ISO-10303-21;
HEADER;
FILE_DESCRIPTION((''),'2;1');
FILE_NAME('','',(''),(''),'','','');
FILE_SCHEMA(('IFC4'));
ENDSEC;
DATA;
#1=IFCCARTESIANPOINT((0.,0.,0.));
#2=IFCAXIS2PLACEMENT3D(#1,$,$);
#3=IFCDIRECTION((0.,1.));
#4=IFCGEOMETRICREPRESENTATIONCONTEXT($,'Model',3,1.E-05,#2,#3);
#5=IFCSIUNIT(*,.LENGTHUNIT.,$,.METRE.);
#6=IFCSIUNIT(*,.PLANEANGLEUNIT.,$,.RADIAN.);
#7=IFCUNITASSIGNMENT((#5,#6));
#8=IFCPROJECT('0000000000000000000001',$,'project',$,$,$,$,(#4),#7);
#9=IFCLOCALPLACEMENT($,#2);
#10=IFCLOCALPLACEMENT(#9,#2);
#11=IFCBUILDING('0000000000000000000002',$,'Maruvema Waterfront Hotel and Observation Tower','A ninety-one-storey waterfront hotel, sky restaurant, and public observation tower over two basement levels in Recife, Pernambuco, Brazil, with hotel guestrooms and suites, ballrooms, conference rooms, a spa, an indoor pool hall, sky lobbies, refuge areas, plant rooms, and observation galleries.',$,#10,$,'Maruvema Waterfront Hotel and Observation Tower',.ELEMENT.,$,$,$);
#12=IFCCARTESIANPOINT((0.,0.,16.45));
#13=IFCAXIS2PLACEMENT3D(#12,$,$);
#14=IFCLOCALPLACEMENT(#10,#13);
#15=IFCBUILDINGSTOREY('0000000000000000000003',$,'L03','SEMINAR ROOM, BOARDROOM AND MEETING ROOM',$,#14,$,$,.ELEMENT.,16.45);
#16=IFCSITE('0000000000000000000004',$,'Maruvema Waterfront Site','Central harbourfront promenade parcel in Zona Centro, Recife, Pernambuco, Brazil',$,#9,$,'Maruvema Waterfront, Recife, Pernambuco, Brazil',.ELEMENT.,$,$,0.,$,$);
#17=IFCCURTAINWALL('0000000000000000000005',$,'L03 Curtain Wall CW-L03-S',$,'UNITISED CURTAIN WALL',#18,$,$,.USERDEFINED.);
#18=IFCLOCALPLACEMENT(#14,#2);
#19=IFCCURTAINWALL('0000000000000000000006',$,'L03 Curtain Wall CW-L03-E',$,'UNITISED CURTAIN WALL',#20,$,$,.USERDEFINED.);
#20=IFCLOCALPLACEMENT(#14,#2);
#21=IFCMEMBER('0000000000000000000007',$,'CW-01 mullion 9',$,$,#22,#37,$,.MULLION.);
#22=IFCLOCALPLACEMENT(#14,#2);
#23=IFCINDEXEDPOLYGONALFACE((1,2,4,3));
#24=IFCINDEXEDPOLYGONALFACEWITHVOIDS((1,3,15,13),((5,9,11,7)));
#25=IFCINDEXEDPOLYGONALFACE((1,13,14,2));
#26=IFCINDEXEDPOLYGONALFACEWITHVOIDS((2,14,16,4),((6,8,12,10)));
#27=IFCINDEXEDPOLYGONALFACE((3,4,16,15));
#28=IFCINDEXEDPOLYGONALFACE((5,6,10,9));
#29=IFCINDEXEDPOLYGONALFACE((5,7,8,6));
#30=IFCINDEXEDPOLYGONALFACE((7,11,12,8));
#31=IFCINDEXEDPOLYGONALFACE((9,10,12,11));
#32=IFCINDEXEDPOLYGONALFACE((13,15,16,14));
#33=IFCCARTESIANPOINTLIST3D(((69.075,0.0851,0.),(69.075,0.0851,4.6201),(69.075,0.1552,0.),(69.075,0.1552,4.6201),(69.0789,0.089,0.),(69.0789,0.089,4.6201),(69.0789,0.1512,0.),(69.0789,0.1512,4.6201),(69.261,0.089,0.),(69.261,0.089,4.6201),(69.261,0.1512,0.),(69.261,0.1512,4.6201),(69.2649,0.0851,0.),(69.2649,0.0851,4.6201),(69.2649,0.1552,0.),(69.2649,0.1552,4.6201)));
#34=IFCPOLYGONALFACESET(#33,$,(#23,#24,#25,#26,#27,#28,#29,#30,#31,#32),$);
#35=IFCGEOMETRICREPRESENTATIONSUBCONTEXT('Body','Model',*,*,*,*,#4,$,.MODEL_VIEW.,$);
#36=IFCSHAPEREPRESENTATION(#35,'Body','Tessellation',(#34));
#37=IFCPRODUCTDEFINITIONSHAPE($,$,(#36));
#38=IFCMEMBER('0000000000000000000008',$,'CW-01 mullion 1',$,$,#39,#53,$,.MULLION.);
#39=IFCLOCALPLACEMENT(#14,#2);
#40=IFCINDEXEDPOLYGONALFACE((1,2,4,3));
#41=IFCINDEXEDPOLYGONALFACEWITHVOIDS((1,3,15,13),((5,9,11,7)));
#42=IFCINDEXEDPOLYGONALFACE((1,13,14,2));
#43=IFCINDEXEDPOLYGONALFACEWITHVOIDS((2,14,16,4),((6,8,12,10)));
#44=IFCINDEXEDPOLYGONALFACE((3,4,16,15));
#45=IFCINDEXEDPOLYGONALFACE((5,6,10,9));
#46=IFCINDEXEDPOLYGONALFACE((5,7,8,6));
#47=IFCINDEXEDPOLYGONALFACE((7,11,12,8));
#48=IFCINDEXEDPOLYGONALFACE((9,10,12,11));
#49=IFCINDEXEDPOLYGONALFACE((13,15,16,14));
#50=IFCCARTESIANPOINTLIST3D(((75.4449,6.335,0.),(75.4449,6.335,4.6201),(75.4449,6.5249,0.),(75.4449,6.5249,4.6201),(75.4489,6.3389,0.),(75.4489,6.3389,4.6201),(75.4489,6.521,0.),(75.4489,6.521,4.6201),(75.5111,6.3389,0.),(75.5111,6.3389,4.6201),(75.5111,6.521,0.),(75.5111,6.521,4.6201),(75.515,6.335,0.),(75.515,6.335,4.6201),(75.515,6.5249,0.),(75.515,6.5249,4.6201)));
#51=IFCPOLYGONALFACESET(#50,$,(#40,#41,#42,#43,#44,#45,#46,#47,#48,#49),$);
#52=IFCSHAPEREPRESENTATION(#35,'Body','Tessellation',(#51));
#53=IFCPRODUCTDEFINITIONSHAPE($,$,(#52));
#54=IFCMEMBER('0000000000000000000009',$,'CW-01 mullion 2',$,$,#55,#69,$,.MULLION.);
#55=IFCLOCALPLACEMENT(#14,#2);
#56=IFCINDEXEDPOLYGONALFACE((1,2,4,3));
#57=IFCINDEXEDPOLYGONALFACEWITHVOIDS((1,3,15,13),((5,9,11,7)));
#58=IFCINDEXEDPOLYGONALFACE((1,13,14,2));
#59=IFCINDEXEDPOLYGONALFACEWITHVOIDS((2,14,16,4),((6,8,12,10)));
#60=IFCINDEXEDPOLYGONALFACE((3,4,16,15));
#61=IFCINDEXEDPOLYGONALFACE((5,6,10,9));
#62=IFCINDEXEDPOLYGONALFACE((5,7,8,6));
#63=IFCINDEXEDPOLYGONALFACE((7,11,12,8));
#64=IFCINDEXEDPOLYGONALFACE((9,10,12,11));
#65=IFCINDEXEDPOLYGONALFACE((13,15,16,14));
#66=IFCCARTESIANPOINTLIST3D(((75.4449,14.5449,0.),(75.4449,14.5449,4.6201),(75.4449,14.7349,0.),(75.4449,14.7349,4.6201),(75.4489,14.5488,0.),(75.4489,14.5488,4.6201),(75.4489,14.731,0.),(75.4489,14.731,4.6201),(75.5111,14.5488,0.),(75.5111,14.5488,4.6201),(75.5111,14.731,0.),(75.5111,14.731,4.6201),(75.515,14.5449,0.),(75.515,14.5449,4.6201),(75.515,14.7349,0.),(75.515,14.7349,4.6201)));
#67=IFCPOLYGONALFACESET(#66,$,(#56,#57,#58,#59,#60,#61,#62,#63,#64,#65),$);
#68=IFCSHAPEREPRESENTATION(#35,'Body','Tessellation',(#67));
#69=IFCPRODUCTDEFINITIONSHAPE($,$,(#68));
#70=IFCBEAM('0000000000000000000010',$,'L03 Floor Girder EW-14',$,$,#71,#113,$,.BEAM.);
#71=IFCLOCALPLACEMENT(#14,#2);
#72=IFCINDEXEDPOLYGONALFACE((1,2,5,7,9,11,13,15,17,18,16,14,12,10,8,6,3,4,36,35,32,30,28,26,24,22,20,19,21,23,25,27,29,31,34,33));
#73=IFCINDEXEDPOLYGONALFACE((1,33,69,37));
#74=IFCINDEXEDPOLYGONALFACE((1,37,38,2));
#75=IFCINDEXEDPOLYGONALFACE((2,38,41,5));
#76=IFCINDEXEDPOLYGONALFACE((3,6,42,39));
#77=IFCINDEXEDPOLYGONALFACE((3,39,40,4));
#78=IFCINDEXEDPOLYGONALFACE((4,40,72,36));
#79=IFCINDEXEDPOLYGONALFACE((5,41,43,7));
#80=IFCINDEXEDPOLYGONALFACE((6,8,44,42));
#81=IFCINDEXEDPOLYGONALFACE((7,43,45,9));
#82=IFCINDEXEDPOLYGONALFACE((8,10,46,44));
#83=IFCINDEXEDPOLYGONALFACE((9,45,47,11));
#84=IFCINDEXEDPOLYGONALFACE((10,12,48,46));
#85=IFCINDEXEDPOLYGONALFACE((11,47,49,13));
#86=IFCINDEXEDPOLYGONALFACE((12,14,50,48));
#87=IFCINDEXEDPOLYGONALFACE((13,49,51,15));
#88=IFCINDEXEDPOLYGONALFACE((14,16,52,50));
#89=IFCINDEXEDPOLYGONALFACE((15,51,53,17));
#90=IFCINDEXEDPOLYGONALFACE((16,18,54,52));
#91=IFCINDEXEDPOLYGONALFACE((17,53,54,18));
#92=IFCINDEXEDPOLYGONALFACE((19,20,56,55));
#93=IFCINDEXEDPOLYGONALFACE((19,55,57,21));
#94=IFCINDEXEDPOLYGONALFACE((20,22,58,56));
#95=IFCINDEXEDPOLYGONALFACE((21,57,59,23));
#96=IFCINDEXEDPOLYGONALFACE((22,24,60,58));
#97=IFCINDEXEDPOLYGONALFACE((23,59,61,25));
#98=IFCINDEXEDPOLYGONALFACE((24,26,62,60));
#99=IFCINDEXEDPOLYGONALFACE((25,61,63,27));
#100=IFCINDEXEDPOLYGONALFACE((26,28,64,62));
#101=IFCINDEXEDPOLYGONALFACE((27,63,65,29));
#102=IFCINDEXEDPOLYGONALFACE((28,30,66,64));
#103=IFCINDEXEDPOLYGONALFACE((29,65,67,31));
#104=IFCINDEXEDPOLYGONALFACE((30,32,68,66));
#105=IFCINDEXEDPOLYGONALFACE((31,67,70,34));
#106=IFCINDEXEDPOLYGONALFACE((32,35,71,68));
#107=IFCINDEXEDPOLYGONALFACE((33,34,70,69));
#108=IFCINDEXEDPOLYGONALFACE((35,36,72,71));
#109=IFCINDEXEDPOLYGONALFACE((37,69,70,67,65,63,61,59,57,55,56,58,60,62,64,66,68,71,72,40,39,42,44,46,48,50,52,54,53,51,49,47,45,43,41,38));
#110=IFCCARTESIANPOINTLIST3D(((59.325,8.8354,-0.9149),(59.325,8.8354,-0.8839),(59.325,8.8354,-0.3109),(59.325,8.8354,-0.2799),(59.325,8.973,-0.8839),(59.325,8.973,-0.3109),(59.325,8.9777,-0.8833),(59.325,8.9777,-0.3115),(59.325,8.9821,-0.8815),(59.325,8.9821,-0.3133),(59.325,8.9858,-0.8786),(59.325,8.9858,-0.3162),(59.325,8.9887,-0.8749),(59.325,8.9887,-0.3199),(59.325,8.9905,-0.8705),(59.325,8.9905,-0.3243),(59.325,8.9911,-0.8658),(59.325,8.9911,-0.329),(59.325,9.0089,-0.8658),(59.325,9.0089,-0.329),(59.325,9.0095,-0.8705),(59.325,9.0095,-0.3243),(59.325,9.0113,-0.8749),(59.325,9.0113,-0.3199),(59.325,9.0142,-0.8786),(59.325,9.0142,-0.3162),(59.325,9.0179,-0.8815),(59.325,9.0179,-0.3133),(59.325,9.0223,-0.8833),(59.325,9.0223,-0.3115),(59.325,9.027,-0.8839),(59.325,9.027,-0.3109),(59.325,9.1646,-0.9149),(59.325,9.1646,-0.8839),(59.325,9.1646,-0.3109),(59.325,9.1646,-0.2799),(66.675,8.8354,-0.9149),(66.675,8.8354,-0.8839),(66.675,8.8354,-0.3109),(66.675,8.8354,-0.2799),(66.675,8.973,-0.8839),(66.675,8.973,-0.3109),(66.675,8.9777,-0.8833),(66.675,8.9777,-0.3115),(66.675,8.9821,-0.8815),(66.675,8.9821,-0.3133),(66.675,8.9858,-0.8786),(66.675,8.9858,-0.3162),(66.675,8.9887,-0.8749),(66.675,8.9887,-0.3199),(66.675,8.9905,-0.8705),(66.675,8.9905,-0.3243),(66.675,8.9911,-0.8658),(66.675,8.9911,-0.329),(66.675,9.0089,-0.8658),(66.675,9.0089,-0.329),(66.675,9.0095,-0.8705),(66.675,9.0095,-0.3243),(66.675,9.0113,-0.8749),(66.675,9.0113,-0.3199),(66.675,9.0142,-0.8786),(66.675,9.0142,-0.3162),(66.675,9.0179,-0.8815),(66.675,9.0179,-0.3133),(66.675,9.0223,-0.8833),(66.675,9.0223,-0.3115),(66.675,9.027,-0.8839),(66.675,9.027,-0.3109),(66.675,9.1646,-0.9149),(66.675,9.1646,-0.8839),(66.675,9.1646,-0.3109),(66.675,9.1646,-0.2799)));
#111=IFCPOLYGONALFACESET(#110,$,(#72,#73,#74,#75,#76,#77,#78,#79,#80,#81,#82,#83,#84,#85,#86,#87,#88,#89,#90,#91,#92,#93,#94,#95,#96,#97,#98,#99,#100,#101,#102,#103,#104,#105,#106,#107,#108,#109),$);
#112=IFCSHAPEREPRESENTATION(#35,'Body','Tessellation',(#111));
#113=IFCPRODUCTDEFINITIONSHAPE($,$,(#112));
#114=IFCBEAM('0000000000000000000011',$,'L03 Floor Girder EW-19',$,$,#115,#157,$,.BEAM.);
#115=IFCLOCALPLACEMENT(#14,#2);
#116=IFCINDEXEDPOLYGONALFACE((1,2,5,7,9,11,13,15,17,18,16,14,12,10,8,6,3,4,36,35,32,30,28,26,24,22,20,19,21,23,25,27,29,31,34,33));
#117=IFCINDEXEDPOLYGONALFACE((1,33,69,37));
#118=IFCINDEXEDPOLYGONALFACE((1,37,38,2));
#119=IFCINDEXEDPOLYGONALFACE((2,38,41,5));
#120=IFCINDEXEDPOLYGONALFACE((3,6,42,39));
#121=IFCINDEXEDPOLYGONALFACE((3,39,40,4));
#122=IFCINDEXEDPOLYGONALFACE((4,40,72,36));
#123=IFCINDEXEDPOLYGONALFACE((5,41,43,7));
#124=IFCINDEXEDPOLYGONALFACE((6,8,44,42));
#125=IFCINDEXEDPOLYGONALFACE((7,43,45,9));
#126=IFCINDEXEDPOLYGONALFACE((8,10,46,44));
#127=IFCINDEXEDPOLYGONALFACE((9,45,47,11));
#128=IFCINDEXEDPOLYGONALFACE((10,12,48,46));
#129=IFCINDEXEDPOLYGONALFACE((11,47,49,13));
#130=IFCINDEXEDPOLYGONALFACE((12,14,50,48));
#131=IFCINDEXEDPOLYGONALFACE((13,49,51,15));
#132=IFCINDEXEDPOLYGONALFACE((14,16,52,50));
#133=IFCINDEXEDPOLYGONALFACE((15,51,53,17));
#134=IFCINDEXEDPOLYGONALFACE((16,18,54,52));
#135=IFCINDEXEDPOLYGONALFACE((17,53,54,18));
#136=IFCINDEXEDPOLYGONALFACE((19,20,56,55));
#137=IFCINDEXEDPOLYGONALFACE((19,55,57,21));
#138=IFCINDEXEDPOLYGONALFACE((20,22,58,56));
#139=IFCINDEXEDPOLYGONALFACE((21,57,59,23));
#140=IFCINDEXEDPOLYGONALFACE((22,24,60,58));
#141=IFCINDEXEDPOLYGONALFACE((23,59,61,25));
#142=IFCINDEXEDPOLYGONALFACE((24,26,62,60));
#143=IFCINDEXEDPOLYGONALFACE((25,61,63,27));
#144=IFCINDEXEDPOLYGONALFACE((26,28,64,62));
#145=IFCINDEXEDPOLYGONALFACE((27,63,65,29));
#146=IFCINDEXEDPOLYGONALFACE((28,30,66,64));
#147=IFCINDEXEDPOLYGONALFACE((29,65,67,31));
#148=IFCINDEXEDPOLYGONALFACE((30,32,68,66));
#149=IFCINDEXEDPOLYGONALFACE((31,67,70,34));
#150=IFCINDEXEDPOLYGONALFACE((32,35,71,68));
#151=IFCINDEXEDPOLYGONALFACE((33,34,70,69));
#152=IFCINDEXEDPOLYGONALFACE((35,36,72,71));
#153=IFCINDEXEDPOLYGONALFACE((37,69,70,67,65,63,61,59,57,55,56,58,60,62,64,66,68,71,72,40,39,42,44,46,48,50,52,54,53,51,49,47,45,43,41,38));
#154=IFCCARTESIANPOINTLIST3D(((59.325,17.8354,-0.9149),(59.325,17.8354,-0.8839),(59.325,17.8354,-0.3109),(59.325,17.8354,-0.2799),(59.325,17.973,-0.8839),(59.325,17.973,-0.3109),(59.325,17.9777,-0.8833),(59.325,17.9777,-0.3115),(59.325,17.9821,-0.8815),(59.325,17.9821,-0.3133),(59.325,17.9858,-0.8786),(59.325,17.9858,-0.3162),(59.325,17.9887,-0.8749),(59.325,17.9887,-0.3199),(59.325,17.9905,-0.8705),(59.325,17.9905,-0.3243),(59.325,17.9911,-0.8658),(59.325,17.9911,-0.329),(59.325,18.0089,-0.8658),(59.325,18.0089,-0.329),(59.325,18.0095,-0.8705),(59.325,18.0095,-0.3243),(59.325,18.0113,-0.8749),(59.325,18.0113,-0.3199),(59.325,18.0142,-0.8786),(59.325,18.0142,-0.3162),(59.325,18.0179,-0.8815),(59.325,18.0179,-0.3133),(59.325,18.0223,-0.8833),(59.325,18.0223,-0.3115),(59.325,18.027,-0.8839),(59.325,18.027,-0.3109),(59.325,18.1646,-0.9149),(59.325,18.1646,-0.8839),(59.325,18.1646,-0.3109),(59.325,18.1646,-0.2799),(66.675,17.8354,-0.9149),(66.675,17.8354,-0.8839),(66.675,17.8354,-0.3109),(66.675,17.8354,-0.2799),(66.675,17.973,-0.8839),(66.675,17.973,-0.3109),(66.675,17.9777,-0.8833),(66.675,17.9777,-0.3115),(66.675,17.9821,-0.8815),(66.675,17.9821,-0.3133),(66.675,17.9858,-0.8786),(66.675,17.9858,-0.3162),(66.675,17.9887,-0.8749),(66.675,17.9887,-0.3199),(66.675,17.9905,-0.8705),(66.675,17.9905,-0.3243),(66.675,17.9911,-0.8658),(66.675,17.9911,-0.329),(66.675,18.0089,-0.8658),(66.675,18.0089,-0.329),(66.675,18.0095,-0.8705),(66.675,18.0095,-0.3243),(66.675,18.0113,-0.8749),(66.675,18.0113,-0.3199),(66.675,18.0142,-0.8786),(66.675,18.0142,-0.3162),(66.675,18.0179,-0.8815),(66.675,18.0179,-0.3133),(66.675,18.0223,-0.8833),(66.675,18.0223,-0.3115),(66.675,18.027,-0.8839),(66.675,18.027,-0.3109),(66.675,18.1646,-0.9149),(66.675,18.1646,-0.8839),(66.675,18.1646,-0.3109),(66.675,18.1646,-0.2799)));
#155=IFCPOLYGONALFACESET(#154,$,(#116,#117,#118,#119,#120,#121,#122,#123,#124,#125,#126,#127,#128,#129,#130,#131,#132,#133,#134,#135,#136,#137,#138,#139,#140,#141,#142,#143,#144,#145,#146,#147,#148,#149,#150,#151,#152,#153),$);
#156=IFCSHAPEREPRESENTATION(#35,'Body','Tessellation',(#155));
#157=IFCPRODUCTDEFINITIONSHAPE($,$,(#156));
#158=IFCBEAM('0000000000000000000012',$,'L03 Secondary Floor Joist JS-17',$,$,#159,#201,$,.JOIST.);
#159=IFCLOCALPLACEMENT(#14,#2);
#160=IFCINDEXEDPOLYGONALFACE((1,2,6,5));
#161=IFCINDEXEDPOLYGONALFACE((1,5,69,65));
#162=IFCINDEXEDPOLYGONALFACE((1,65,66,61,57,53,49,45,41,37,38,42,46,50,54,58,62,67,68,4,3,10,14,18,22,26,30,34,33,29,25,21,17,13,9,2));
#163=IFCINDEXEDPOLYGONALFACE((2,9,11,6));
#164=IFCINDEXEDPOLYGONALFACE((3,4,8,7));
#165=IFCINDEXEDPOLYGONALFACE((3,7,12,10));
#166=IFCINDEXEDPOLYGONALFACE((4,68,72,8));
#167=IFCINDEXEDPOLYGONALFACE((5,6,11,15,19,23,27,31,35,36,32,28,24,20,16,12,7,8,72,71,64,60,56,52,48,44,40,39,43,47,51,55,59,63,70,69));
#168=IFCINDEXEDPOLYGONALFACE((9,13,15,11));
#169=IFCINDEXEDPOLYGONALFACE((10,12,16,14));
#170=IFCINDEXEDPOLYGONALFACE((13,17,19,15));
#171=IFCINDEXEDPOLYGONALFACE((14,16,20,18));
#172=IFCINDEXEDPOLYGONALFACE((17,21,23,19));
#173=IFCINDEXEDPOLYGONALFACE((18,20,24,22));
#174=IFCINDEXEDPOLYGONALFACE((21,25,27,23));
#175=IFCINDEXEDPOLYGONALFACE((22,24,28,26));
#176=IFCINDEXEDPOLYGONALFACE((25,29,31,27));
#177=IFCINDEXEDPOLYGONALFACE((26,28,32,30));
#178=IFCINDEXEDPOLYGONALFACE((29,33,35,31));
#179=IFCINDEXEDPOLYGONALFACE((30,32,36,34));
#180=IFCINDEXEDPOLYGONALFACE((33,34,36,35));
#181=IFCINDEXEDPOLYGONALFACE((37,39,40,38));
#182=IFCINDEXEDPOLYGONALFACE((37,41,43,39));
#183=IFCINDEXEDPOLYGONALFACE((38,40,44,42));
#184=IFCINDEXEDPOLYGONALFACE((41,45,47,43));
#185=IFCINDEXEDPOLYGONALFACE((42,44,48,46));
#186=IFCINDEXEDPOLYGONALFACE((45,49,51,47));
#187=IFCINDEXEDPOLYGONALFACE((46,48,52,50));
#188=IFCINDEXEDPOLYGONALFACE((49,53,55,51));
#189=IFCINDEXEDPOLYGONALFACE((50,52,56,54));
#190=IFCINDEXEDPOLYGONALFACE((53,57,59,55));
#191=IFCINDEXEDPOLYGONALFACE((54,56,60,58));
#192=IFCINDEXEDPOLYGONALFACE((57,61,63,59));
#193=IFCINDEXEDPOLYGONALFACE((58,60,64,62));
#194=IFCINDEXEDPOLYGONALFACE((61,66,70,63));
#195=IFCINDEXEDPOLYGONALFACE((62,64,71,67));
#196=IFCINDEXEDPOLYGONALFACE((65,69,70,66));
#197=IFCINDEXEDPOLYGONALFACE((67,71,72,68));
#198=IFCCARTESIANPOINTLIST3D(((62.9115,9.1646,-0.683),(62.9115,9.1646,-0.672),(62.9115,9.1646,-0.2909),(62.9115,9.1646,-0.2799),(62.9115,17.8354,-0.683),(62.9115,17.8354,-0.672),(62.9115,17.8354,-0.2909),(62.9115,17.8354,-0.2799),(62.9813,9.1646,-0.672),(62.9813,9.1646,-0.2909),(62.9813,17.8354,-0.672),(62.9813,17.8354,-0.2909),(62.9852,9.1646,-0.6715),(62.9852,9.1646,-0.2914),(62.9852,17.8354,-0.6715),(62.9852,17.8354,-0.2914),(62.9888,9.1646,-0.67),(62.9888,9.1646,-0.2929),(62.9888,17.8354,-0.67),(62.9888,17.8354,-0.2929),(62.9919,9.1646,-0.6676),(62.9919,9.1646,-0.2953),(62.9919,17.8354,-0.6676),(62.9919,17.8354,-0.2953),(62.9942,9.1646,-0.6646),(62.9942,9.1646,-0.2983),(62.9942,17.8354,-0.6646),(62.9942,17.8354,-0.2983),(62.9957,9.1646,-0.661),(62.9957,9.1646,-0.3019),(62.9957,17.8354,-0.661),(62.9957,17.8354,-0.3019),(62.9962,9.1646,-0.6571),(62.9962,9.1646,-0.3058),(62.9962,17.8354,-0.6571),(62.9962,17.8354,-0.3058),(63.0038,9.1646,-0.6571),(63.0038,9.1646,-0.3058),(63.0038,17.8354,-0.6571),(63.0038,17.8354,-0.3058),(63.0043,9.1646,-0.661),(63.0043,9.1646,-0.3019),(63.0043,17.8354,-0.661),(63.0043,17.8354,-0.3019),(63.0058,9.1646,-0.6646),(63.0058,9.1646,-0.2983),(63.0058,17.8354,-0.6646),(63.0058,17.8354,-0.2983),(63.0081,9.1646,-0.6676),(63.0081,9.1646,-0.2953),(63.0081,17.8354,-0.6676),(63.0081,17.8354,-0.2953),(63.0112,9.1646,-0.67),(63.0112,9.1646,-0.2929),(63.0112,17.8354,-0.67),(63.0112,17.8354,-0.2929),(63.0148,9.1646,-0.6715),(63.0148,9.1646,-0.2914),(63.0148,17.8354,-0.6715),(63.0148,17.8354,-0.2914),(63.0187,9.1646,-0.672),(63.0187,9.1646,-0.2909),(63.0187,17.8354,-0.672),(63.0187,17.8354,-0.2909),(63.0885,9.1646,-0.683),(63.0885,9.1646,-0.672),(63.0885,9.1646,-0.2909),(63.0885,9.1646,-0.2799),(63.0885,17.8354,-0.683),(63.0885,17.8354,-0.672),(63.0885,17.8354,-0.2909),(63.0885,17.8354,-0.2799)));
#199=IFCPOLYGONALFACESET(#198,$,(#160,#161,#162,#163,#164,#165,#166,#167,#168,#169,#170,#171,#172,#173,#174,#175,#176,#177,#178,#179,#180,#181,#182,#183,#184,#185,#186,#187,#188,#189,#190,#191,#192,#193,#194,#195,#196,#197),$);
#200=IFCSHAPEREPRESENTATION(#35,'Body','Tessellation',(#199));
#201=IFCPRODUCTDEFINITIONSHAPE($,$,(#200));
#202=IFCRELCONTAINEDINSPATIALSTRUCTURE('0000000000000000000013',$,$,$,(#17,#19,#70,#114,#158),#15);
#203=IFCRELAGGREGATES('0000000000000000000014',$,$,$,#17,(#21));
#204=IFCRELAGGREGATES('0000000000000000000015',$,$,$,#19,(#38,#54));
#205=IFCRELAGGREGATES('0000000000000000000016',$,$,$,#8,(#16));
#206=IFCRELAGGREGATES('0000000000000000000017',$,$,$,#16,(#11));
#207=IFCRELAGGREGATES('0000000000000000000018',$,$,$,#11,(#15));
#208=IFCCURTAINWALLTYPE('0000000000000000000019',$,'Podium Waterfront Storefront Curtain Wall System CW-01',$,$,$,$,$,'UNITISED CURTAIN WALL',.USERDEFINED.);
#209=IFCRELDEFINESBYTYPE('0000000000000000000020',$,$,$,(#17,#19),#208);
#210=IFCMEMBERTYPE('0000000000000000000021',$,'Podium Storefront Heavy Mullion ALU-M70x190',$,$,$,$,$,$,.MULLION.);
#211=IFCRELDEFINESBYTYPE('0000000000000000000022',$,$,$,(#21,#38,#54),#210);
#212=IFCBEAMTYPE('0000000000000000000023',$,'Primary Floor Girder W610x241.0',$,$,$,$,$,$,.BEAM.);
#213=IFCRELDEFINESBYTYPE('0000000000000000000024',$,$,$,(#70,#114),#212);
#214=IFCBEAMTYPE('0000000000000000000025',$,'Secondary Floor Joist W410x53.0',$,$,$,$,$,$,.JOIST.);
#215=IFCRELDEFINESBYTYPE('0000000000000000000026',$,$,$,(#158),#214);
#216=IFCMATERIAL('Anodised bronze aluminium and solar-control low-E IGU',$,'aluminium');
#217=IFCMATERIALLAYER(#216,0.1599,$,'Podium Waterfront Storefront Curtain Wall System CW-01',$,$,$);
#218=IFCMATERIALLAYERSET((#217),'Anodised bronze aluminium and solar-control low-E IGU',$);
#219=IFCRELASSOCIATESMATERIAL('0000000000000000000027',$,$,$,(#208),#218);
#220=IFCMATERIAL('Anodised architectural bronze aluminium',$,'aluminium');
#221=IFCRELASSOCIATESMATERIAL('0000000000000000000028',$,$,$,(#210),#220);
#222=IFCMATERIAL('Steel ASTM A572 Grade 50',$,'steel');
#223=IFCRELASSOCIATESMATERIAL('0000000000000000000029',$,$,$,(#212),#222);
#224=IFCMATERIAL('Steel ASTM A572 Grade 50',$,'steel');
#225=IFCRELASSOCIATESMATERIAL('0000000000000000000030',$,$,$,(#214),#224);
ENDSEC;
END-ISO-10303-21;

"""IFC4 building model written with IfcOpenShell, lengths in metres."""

from ifc_helpers import new_model, si_unit, direction, frame, origin, origin_2d, place, context, subcontext, project, spatial, hollow_rectangle, i_section, extrude, material, layer, layer_set, material_profile, profile_set, type_object, element, aggregate, save


model = new_model("IFC4")

# Units and contexts
model_context = context("Model", 3, precision=1e-05, world=origin(), true_north=direction((0.0, 1.0)))
body_context = subcontext(model_context, "Body", "Model", "MODEL_VIEW")
ifc_project = project(units=[si_unit("LENGTHUNIT", "METRE"), si_unit("PLANEANGLEUNIT", "RADIAN")], contexts=[model_context])

# Site, building, storey
site_placement = place(None, origin())
site = spatial("IfcSite", under=ifc_project, at=site_placement, Name="Maruvema Waterfront Site", Description="Central harbourfront promenade parcel in Zona Centro, Recife, Pernambuco, Brazil", LongName="Maruvema Waterfront, Recife, Pernambuco, Brazil", CompositionType="ELEMENT", RefElevation=0.0)
building_placement = place(site_placement, origin())
building = spatial("IfcBuilding", under=site, at=building_placement, Name="Maruvema Waterfront Hotel and Observation Tower", Description="A ninety-one-storey waterfront hotel, sky restaurant, and public observation tower over two basement levels in Recife, Pernambuco, Brazil, with hotel guestrooms and suites, ballrooms, conference rooms, a spa, an indoor pool hall, sky lobbies, refuge areas, plant rooms, and observation galleries.", LongName="Maruvema Waterfront Hotel and Observation Tower", CompositionType="ELEMENT")
storey_placement = place(building_placement, frame((0.0, 0.0, 16.45)))
storey = spatial("IfcBuildingStorey", under=building, at=storey_placement, Name="L03", Description="SEMINAR ROOM, BOARDROOM AND MEETING ROOM", CompositionType="ELEMENT", Elevation=16.45)

# Curtain walls
ifc_material_1 = material(Name="Anodised bronze aluminium and solar-control low-E IGU", Category="aluminium")
ifc_layer_1 = layer(ifc_material_1, 0.1599, Name="Podium Waterfront Storefront Curtain Wall System CW-01")
ifc_layer_set_1 = layer_set([ifc_layer_1], Name="Anodised bronze aluminium and solar-control low-E IGU")
curtain_wall_type = type_object("IfcCurtainWallType", Name="Podium Waterfront Storefront Curtain Wall System CW-01", ElementType="UNITISED CURTAIN WALL", PredefinedType="USERDEFINED", material=ifc_layer_set_1)
curtain_wall_1_placement = place(storey_placement, origin())
curtain_wall_1 = element("IfcCurtainWall", 1, at=curtain_wall_1_placement, inside=storey, type_object=curtain_wall_type, Name="L03 Curtain Wall CW-L03-S", ObjectType="UNITISED CURTAIN WALL", PredefinedType="USERDEFINED")
curtain_wall_2_placement = place(storey_placement, origin())
curtain_wall_2 = element("IfcCurtainWall", 2, at=curtain_wall_2_placement, inside=storey, type_object=curtain_wall_type, Name="L03 Curtain Wall CW-L03-E", ObjectType="UNITISED CURTAIN WALL", PredefinedType="USERDEFINED")

# Members
ifc_material_2 = material(Name="Anodised architectural bronze aluminium", Category="aluminium")
ifc_material_profile_1 = material_profile(ifc_material_2, hollow_rectangle(XDim=0.0701, YDim=0.1899, WallThickness=0.0039, at=origin_2d()), Name="ALU-M70x190")
ifc_profile_set_1 = profile_set([ifc_material_profile_1], Name="Anodised architectural bronze aluminium")
member_type_1 = type_object("IfcMemberType", Name="Podium Storefront Heavy Mullion ALU-M70x190", PredefinedType="MULLION", material=ifc_profile_set_1)
member_1_placement = place(storey_placement, frame((69.1699, 0.1201, 0.0), z_axis=(0.0, 0.0, 1.0), x_axis=(0.0, 1.0, 0.0)))
member_1 = element("IfcMember", 3, at=member_1_placement, type_object=member_type_1, Name="CW-01 mullion 9", PredefinedType="MULLION", context=body_context, shape_type="SweptSolid", body=[
    extrude(hollow_rectangle(XDim=0.0701, YDim=0.1899, WallThickness=0.0039, at=origin_2d()), origin(), (0.0, 0.0, 1.0), 4.6201),
])
member_2_placement = place(storey_placement, frame((75.48, 6.4299, 0.0), z_axis=(0.0, 0.0, 1.0), x_axis=(-1.0, 0.0, 0.0)))
member_2 = element("IfcMember", 4, at=member_2_placement, type_object=member_type_1, Name="CW-01 mullion 1", PredefinedType="MULLION", context=body_context, shape_type="SweptSolid", body=[
    extrude(hollow_rectangle(XDim=0.0701, YDim=0.1899, WallThickness=0.0039, at=origin_2d()), origin(), (0.0, 0.0, 1.0), 4.6201),
])
member_3_placement = place(storey_placement, frame((75.48, 14.6399, 0.0), z_axis=(0.0, 0.0, 1.0), x_axis=(-1.0, 0.0, 0.0)))
member_3 = element("IfcMember", 5, at=member_3_placement, type_object=member_type_1, Name="CW-01 mullion 2", PredefinedType="MULLION", context=body_context, shape_type="SweptSolid", body=[
    extrude(hollow_rectangle(XDim=0.0701, YDim=0.1899, WallThickness=0.0039, at=origin_2d()), origin(), (0.0, 0.0, 1.0), 4.6201),
])

# Beams
ifc_material_3 = material(Name="Steel ASTM A572 Grade 50", Category="steel")
ifc_material_profile_2 = material_profile(ifc_material_3, i_section(OverallWidth=0.3291, OverallDepth=0.635, WebThickness=0.0178, FlangeThickness=0.031, FilletRadius=0.0181, at=origin_2d()), Name="W610x241.0")
ifc_profile_set_2 = profile_set([ifc_material_profile_2], Name="Steel ASTM A572 Grade 50")
beam_type_1 = type_object("IfcBeamType", Name="Primary Floor Girder W610x241.0", PredefinedType="BEAM", material=ifc_profile_set_2)
for number, where, z_axis, x_axis, name in (
    (6, (59.325, 9.0, -0.5974), (1.0, 0.0, 0.0), (0.0, 1.0, 0.0), "L03 Floor Girder EW-14"),
    (7, (59.325, 18.0, -0.5974), (1.0, 0.0, 0.0), (0.0, 1.0, 0.0), "L03 Floor Girder EW-19"),
):
    element("IfcBeam", number, at=place(storey_placement, frame(where, z_axis=z_axis, x_axis=x_axis)), inside=storey, type_object=beam_type_1, Name=name, PredefinedType="BEAM", context=body_context, shape_type="SweptSolid", body=[
        extrude(i_section(OverallWidth=0.3291, OverallDepth=0.635, WebThickness=0.0178, FlangeThickness=0.031, FilletRadius=0.0181, at=origin_2d()), origin(), (0.0, 0.0, 1.0), 7.3501),
    ])
ifc_material_4 = material(Name="Steel ASTM A572 Grade 50", Category="steel")
ifc_material_profile_3 = material_profile(ifc_material_4, i_section(OverallWidth=0.177, OverallDepth=0.4031, WebThickness=0.0076, FlangeThickness=0.011, FilletRadius=0.0149, at=origin_2d()), Name="W410x53.0")
ifc_profile_set_3 = profile_set([ifc_material_profile_3], Name="Steel ASTM A572 Grade 50")
beam_type_2 = type_object("IfcBeamType", Name="Secondary Floor Joist W410x53.0", PredefinedType="JOIST", material=ifc_profile_set_3)
beam_1_placement = place(storey_placement, frame((63.0, 9.1646, -0.4814), z_axis=(0.0, 1.0, 0.0), x_axis=(-1.0, 0.0, 0.0)))
element("IfcBeam", 8, at=beam_1_placement, inside=storey, type_object=beam_type_2, Name="L03 Secondary Floor Joist JS-17", PredefinedType="JOIST", context=body_context, shape_type="SweptSolid", body=[
    extrude(i_section(OverallWidth=0.177, OverallDepth=0.4031, WebThickness=0.0076, FlangeThickness=0.011, FilletRadius=0.0149, at=origin_2d()), origin(), (0.0, 0.0, 1.0), 8.6709),
])

aggregate(curtain_wall_1, [member_1])
aggregate(curtain_wall_2, [member_2, member_3])

save(model, "model.ifc")
